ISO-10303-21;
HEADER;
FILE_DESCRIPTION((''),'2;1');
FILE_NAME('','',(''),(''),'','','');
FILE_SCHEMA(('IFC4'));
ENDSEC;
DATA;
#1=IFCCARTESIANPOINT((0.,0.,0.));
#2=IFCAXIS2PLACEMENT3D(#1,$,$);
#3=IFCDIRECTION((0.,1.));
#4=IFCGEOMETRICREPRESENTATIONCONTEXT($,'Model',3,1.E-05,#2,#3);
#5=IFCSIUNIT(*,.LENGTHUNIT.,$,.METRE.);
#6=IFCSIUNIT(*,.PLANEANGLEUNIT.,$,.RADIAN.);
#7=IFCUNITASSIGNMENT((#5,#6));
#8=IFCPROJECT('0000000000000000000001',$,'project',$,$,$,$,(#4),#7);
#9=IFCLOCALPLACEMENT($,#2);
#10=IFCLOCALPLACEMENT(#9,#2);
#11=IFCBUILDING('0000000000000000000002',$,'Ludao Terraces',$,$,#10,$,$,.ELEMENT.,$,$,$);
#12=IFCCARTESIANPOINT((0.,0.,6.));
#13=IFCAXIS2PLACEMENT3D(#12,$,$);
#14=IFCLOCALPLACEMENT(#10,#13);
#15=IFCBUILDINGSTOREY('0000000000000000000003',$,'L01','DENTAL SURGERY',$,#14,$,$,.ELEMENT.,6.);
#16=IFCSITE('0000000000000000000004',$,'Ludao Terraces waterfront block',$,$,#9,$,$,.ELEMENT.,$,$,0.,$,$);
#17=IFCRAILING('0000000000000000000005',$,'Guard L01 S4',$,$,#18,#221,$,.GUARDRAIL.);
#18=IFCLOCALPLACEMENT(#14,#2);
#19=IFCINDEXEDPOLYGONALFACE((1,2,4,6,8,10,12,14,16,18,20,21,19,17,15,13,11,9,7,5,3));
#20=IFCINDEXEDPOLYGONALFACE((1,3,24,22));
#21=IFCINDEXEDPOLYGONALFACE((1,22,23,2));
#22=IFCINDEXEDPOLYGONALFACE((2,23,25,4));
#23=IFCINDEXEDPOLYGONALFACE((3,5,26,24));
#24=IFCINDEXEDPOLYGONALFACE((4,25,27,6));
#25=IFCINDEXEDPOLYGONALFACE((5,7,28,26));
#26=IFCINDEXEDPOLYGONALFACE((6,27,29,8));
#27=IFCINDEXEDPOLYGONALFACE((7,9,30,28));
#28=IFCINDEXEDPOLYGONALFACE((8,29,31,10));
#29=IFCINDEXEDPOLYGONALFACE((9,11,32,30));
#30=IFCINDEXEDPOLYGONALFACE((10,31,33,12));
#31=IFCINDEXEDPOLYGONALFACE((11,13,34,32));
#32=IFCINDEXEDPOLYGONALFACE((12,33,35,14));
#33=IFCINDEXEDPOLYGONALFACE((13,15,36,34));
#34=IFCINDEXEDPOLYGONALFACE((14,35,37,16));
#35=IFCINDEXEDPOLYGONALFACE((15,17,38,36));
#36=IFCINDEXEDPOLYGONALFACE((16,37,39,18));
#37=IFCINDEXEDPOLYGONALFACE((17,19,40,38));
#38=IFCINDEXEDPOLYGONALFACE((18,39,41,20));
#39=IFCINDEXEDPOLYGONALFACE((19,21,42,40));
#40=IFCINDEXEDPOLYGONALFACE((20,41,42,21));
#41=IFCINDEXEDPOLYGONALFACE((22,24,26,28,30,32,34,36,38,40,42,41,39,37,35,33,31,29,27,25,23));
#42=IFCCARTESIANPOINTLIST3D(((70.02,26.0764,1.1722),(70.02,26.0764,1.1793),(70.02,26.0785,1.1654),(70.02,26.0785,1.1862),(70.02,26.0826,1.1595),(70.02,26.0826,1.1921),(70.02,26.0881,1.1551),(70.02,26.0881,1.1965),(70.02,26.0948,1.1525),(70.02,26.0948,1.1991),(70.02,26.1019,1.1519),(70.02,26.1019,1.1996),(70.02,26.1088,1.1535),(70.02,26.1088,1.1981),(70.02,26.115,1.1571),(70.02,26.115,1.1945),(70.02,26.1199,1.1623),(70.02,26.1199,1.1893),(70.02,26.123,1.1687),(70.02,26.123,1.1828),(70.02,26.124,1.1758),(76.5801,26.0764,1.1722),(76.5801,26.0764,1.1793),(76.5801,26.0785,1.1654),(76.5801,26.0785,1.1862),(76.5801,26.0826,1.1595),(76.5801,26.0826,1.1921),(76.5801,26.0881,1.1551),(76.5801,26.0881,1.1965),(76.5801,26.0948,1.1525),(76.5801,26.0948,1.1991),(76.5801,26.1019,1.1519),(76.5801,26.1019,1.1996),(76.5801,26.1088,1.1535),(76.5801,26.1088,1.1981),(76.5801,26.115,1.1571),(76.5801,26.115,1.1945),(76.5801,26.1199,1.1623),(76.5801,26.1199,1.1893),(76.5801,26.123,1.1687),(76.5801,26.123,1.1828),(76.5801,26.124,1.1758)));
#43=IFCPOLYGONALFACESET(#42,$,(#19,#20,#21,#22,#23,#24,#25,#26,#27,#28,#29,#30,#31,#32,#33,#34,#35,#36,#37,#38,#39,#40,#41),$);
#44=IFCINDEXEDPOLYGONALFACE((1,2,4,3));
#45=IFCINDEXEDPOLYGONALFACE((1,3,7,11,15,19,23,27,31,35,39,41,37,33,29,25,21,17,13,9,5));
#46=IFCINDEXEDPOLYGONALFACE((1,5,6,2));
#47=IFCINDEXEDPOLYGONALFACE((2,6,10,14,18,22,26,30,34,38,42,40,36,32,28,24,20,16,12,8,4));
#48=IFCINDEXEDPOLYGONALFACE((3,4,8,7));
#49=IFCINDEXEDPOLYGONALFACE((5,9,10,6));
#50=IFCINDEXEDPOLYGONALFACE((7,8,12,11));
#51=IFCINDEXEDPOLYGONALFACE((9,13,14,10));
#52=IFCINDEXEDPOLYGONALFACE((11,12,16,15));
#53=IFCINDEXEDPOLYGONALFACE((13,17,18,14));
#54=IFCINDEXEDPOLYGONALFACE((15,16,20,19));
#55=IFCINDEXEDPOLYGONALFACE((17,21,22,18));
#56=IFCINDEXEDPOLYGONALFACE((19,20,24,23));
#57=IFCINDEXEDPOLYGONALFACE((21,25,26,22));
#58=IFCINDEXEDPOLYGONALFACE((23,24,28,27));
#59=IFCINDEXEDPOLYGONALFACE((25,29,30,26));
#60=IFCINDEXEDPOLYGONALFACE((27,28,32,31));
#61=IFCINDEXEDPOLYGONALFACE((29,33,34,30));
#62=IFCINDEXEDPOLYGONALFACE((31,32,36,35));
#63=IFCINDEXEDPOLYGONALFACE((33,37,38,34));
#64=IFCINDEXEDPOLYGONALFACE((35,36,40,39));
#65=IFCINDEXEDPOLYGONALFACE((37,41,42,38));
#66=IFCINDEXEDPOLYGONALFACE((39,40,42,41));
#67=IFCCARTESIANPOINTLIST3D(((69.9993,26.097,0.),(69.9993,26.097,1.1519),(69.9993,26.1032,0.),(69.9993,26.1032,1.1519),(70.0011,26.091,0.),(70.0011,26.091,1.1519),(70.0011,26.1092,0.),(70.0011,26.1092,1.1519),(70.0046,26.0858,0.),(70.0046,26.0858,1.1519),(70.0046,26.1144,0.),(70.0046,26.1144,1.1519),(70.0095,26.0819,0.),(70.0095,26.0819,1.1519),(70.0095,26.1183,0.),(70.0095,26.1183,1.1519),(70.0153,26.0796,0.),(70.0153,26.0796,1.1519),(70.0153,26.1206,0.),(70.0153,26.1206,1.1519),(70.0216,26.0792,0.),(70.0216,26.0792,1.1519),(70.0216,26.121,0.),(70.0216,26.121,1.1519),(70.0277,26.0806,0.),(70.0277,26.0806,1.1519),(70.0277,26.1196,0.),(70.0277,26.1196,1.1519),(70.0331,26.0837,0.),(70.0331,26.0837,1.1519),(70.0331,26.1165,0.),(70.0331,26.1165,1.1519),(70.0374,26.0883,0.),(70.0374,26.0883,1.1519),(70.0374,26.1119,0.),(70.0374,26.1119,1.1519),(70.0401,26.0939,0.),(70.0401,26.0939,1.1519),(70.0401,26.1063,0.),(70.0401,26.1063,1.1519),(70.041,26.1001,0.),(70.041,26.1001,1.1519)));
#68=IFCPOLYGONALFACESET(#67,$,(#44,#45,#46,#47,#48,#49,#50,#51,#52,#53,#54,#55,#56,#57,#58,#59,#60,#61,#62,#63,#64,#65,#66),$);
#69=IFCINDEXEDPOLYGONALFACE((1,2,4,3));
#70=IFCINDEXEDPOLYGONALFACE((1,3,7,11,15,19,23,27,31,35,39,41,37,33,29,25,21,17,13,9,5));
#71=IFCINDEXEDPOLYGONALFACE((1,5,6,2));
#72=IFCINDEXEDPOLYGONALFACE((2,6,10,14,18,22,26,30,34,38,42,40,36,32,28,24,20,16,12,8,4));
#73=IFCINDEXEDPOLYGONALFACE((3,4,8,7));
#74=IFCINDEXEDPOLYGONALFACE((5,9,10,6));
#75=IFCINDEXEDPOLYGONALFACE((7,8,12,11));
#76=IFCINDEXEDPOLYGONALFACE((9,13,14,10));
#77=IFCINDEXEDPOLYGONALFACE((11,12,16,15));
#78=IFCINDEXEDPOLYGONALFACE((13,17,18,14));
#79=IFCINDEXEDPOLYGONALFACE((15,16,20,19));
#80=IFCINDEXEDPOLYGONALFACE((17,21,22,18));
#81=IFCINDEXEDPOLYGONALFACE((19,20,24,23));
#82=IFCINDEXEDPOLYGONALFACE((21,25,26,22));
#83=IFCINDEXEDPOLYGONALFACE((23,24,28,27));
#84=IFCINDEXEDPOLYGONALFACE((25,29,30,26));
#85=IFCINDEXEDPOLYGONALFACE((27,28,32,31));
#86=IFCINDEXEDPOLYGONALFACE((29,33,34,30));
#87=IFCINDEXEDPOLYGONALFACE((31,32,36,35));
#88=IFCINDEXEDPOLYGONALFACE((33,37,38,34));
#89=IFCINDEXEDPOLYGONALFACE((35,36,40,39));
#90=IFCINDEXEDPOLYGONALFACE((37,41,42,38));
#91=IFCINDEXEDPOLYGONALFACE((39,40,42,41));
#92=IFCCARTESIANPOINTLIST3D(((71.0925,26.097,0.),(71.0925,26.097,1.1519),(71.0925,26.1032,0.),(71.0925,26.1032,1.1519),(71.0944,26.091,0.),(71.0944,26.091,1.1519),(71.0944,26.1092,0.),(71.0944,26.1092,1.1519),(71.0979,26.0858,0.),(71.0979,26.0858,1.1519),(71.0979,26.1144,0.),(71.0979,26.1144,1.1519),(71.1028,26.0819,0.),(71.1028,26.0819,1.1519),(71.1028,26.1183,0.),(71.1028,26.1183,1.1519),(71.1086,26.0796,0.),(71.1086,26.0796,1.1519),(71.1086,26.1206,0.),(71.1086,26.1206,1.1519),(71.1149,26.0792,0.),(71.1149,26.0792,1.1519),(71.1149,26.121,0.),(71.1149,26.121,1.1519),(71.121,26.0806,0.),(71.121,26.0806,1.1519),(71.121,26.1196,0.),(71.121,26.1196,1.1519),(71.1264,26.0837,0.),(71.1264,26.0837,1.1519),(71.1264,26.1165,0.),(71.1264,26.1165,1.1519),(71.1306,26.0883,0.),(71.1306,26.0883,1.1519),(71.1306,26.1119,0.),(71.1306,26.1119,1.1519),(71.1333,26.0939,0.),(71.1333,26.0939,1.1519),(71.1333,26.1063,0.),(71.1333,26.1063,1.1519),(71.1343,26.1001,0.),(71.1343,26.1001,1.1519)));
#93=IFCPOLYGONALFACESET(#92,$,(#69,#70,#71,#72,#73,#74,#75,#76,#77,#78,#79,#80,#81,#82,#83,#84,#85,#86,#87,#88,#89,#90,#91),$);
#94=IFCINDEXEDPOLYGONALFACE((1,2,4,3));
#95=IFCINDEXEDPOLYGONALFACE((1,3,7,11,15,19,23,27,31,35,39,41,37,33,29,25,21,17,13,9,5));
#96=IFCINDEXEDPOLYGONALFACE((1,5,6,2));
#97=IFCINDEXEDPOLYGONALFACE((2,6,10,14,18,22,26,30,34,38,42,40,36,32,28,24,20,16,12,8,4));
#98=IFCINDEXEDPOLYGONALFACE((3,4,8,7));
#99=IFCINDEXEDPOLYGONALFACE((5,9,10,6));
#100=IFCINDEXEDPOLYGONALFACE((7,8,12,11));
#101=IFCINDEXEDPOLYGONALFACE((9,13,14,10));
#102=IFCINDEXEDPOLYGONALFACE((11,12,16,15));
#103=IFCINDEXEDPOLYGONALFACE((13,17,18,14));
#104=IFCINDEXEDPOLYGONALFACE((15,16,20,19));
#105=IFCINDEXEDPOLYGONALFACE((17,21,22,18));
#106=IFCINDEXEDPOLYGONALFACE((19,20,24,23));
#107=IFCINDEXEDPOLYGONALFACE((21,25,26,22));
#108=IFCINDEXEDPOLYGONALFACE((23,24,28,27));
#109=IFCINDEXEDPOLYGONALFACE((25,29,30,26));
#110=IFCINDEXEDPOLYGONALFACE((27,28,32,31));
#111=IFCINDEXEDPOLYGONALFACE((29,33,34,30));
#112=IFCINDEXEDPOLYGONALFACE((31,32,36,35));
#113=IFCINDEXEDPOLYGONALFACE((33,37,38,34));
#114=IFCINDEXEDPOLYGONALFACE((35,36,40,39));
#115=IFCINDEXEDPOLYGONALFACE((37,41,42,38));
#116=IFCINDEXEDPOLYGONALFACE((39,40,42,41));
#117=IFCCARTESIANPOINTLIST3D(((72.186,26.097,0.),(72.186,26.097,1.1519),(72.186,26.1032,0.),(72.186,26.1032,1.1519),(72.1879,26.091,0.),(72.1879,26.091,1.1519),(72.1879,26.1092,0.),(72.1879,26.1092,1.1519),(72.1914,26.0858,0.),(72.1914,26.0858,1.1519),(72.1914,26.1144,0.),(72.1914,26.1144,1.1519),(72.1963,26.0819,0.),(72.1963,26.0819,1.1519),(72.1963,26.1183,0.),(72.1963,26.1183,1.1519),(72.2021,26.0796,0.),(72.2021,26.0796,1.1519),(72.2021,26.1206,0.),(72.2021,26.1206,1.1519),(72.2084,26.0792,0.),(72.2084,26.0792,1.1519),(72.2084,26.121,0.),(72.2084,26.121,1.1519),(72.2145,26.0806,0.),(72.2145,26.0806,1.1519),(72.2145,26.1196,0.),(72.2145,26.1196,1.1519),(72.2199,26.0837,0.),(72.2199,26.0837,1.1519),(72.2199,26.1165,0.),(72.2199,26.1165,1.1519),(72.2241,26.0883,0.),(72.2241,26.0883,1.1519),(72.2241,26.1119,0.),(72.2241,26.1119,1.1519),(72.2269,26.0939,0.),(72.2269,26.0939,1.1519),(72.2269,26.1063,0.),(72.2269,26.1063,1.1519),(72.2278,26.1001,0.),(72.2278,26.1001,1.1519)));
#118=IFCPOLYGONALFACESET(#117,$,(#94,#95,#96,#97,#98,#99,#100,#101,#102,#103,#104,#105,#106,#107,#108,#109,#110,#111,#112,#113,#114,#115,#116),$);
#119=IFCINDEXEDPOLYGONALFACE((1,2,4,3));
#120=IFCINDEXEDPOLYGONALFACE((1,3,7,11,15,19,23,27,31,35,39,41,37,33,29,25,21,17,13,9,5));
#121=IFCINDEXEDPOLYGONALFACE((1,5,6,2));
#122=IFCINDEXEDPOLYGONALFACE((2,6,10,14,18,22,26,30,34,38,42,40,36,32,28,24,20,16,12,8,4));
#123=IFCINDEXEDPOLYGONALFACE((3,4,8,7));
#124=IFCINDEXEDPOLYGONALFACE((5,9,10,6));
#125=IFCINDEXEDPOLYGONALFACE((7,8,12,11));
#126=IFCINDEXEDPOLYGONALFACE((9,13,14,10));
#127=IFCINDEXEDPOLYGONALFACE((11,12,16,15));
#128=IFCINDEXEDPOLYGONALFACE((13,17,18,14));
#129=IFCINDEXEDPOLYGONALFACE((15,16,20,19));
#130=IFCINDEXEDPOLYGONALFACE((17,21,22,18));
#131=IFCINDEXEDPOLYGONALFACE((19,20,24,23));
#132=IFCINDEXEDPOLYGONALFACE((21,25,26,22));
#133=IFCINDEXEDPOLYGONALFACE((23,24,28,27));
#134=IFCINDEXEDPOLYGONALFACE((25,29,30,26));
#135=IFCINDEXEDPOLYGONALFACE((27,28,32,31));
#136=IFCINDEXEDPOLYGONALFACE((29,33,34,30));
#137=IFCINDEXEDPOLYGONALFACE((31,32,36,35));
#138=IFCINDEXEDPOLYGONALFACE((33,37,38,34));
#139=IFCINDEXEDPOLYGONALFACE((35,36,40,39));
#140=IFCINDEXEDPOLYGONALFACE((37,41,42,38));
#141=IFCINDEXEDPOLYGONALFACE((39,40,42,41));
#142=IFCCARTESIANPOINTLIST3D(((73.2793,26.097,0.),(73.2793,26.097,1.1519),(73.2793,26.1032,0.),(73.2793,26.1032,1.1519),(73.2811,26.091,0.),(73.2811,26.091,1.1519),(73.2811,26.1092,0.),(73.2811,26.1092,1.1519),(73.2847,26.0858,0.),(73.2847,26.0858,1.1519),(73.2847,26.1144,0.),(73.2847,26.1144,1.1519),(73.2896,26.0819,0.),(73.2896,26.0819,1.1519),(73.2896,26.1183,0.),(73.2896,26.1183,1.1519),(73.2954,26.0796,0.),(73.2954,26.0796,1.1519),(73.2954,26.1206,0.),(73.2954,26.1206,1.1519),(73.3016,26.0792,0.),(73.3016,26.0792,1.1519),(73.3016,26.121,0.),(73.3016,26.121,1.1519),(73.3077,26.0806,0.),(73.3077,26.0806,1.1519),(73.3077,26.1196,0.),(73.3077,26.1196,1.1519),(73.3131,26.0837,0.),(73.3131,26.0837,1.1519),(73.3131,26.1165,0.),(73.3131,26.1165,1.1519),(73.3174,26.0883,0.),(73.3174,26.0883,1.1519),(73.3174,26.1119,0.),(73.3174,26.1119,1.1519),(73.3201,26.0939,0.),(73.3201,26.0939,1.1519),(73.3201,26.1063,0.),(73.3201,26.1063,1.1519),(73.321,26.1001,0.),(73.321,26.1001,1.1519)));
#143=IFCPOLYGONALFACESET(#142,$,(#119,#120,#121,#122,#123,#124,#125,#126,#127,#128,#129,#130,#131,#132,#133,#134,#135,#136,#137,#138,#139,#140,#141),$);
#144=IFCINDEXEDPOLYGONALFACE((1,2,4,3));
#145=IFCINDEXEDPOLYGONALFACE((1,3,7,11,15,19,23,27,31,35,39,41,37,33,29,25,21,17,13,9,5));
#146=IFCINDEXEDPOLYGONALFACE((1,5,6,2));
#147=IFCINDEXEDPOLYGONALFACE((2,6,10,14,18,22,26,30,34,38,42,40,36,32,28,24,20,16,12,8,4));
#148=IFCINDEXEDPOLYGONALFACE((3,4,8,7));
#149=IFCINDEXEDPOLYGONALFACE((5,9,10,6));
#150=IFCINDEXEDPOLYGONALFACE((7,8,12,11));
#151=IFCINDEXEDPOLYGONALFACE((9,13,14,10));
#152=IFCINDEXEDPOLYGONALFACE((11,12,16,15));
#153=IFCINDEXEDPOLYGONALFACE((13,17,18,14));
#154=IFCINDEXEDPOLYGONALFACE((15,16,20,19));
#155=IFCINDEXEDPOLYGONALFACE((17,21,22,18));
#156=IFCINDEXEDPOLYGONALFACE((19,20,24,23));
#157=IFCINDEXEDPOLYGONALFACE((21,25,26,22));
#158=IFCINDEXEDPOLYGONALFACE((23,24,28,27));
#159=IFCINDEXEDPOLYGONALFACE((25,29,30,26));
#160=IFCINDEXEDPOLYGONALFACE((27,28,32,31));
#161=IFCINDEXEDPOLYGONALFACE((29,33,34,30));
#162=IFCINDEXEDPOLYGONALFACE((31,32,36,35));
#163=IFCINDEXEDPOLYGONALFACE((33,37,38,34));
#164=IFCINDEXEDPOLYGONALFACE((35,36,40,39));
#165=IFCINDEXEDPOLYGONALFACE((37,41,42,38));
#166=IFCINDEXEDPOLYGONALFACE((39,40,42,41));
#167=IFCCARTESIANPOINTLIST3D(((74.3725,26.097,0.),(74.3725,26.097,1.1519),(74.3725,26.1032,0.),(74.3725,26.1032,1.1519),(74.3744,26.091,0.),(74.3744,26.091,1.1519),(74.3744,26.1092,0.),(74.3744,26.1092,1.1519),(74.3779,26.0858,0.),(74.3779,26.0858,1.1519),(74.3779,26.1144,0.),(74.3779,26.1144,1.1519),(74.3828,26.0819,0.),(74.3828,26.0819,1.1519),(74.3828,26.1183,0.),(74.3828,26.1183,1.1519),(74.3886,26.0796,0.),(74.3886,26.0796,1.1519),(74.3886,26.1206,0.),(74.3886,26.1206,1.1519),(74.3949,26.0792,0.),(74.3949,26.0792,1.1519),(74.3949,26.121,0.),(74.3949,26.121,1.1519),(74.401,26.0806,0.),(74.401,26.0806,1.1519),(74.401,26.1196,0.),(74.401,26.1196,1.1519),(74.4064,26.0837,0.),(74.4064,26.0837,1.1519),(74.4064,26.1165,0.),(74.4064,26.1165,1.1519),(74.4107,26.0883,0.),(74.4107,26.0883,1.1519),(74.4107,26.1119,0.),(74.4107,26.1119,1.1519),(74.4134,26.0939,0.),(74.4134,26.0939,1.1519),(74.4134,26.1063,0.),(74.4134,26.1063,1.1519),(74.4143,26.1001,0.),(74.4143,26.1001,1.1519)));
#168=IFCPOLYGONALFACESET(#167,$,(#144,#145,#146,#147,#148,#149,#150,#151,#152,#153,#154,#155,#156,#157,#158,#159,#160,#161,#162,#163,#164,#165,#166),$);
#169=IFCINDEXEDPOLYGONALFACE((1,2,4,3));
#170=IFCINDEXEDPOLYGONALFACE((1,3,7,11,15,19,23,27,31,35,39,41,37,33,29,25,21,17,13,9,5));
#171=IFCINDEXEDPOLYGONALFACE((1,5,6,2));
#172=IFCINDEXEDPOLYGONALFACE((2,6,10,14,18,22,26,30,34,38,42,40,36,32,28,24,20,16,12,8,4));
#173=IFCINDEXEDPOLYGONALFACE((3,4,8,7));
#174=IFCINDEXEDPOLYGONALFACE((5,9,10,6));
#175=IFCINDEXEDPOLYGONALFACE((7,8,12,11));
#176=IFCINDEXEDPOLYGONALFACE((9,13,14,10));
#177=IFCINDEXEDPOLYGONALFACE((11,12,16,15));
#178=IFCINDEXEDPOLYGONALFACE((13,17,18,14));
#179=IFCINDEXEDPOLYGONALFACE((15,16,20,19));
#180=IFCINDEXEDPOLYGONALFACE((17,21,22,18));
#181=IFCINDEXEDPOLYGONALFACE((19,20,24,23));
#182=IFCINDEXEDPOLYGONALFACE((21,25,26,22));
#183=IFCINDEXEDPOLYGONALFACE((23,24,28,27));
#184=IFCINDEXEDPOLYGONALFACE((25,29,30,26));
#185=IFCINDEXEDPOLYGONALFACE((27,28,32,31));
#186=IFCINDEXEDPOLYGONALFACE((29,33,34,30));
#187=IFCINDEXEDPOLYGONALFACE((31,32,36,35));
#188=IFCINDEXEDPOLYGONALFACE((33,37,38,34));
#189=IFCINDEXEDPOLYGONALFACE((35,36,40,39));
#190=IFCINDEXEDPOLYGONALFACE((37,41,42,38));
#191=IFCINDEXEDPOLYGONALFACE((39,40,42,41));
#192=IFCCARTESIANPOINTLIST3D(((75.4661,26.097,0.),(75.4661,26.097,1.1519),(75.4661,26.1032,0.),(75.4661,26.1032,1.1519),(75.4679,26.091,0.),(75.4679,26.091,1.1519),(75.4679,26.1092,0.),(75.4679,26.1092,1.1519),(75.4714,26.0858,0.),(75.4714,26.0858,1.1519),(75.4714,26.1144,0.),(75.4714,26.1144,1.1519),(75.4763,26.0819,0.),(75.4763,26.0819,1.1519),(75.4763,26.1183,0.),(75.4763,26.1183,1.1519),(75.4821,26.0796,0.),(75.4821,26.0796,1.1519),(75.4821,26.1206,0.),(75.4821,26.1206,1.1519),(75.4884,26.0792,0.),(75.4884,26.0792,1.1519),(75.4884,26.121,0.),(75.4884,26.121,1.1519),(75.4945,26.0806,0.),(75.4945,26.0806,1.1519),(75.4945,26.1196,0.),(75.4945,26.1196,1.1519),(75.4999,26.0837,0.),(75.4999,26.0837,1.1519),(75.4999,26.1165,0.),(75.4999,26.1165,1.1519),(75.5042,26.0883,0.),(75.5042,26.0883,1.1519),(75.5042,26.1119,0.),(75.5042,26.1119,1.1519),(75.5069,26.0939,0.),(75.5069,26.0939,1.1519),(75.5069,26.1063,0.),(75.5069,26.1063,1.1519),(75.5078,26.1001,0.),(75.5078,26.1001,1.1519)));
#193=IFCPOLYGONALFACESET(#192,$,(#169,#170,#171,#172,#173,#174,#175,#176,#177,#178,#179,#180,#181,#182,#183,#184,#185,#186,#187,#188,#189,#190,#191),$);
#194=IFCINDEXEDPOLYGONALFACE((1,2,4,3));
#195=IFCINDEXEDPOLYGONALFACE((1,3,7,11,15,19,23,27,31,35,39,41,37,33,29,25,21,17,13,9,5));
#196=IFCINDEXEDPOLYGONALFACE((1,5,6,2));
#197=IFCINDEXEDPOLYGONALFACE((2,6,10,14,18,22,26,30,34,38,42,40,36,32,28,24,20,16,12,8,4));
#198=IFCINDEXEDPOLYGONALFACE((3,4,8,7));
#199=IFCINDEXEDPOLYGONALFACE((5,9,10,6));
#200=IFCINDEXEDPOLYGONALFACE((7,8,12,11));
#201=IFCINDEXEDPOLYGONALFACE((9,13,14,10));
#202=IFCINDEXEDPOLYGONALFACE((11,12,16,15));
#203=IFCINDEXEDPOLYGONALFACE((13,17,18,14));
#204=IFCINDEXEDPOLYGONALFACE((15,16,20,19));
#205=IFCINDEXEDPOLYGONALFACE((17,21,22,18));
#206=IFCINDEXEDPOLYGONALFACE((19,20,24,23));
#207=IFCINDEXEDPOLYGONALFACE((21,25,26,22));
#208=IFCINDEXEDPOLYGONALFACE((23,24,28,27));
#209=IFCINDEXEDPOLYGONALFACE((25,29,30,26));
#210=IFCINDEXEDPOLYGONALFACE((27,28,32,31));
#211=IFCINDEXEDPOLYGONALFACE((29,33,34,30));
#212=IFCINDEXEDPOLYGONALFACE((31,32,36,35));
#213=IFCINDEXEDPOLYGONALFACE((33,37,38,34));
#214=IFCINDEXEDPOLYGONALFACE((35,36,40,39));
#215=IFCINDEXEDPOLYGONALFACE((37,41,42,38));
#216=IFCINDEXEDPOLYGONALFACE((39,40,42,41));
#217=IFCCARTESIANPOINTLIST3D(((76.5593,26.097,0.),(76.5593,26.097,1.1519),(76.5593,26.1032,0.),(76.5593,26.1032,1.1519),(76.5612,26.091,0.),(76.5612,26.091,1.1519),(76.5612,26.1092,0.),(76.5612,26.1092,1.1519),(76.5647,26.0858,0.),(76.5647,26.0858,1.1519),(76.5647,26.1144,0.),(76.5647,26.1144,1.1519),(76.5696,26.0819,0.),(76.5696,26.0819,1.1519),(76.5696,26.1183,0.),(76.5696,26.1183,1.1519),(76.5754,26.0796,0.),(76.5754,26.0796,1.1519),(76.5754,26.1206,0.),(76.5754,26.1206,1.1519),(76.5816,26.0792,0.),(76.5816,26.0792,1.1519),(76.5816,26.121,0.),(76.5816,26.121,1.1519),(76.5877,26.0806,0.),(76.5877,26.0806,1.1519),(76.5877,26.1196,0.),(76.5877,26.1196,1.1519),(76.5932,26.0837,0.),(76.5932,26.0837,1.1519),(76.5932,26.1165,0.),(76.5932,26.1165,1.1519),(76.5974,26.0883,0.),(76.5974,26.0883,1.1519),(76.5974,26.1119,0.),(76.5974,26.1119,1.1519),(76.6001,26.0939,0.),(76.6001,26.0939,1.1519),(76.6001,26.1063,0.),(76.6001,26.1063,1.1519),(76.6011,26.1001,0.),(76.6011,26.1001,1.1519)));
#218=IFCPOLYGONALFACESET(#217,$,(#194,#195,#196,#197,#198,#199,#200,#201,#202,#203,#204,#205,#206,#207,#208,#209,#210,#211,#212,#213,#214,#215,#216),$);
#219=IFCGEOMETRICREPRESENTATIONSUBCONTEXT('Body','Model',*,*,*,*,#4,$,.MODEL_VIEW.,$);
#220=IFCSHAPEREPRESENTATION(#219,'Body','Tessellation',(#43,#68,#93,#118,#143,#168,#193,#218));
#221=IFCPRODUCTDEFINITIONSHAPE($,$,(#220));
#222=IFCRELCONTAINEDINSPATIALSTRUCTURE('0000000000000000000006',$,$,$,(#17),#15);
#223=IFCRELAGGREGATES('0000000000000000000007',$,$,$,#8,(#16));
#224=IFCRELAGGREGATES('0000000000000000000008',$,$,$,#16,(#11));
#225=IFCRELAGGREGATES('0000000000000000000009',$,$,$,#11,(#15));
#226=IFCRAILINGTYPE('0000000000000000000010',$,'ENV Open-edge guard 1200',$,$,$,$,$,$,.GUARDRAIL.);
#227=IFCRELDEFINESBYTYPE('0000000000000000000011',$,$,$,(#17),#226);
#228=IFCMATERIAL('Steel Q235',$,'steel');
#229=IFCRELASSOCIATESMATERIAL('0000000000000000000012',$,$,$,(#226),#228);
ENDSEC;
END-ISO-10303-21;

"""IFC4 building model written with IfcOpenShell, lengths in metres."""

from ifc_helpers import new_model, si_unit, direction, frame, origin, origin_2d, place, context, subcontext, project, spatial, circle, extrude, material, type_object, element, save


model = new_model("IFC4")

# Units and contexts
model_context = context("Model", 3, precision=1e-05, world=origin(), true_north=direction((0.0, 1.0)))
body_context = subcontext(model_context, "Body", "Model", "MODEL_VIEW")
ifc_project = project(units=[si_unit("LENGTHUNIT", "METRE"), si_unit("PLANEANGLEUNIT", "RADIAN")], contexts=[model_context])

# Site, building, storey
site_placement = place(None, origin())
site = spatial("IfcSite", under=ifc_project, at=site_placement, Name="Ludao Terraces waterfront block", CompositionType="ELEMENT", RefElevation=0.0)
building_placement = place(site_placement, origin())
building = spatial("IfcBuilding", under=site, at=building_placement, Name="Ludao Terraces", CompositionType="ELEMENT")
storey_placement = place(building_placement, frame((0.0, 0.0, 6.0)))
storey = spatial("IfcBuildingStorey", under=building, at=storey_placement, Name="L01", Description="DENTAL SURGERY", CompositionType="ELEMENT", Elevation=6.0)

# Shared definitions
ifc_material_1 = material(Name="Steel Q235", Category="steel")

# Railing
railing_type = type_object("IfcRailingType", Name="ENV Open-edge guard 1200", PredefinedType="GUARDRAIL", material=ifc_material_1)
railing_1_placement = place(storey_placement, frame((70.02, 26.1001, 0.0)))
element("IfcRailing", 1, at=railing_1_placement, inside=storey, type_object=railing_type, Name="Guard L01 S4", PredefinedType="GUARDRAIL", context=body_context, shape_type="SweptSolid", body=[
    extrude(circle(Radius=0.0239, at=origin_2d()), frame((0.0, 0.0, 1.1758), z_axis=(1.0, 0.0, 0.0), x_axis=(0.0, 1.0, 0.0)), (0.0, 0.0, 1.0), 6.5601),
    extrude(circle(Radius=0.021, at=origin_2d()), origin(), (0.0, 0.0, 1.0), 1.1519),
    extrude(circle(Radius=0.021, at=origin_2d()), frame((1.0933, 0.0, 0.0)), (0.0, 0.0, 1.0), 1.1519),
    extrude(circle(Radius=0.021, at=origin_2d()), frame((2.1868, 0.0, 0.0)), (0.0, 0.0, 1.0), 1.1519),
    extrude(circle(Radius=0.021, at=origin_2d()), frame((3.28, 0.0, 0.0)), (0.0, 0.0, 1.0), 1.1519),
    extrude(circle(Radius=0.021, at=origin_2d()), frame((4.3733, 0.0, 0.0)), (0.0, 0.0, 1.0), 1.1519),
    extrude(circle(Radius=0.021, at=origin_2d()), frame((5.4668, 0.0, 0.0)), (0.0, 0.0, 1.0), 1.1519),
    extrude(circle(Radius=0.021, at=origin_2d()), frame((6.5601, 0.0, 0.0)), (0.0, 0.0, 1.0), 1.1519),
])

save(model, "model.ifc")
